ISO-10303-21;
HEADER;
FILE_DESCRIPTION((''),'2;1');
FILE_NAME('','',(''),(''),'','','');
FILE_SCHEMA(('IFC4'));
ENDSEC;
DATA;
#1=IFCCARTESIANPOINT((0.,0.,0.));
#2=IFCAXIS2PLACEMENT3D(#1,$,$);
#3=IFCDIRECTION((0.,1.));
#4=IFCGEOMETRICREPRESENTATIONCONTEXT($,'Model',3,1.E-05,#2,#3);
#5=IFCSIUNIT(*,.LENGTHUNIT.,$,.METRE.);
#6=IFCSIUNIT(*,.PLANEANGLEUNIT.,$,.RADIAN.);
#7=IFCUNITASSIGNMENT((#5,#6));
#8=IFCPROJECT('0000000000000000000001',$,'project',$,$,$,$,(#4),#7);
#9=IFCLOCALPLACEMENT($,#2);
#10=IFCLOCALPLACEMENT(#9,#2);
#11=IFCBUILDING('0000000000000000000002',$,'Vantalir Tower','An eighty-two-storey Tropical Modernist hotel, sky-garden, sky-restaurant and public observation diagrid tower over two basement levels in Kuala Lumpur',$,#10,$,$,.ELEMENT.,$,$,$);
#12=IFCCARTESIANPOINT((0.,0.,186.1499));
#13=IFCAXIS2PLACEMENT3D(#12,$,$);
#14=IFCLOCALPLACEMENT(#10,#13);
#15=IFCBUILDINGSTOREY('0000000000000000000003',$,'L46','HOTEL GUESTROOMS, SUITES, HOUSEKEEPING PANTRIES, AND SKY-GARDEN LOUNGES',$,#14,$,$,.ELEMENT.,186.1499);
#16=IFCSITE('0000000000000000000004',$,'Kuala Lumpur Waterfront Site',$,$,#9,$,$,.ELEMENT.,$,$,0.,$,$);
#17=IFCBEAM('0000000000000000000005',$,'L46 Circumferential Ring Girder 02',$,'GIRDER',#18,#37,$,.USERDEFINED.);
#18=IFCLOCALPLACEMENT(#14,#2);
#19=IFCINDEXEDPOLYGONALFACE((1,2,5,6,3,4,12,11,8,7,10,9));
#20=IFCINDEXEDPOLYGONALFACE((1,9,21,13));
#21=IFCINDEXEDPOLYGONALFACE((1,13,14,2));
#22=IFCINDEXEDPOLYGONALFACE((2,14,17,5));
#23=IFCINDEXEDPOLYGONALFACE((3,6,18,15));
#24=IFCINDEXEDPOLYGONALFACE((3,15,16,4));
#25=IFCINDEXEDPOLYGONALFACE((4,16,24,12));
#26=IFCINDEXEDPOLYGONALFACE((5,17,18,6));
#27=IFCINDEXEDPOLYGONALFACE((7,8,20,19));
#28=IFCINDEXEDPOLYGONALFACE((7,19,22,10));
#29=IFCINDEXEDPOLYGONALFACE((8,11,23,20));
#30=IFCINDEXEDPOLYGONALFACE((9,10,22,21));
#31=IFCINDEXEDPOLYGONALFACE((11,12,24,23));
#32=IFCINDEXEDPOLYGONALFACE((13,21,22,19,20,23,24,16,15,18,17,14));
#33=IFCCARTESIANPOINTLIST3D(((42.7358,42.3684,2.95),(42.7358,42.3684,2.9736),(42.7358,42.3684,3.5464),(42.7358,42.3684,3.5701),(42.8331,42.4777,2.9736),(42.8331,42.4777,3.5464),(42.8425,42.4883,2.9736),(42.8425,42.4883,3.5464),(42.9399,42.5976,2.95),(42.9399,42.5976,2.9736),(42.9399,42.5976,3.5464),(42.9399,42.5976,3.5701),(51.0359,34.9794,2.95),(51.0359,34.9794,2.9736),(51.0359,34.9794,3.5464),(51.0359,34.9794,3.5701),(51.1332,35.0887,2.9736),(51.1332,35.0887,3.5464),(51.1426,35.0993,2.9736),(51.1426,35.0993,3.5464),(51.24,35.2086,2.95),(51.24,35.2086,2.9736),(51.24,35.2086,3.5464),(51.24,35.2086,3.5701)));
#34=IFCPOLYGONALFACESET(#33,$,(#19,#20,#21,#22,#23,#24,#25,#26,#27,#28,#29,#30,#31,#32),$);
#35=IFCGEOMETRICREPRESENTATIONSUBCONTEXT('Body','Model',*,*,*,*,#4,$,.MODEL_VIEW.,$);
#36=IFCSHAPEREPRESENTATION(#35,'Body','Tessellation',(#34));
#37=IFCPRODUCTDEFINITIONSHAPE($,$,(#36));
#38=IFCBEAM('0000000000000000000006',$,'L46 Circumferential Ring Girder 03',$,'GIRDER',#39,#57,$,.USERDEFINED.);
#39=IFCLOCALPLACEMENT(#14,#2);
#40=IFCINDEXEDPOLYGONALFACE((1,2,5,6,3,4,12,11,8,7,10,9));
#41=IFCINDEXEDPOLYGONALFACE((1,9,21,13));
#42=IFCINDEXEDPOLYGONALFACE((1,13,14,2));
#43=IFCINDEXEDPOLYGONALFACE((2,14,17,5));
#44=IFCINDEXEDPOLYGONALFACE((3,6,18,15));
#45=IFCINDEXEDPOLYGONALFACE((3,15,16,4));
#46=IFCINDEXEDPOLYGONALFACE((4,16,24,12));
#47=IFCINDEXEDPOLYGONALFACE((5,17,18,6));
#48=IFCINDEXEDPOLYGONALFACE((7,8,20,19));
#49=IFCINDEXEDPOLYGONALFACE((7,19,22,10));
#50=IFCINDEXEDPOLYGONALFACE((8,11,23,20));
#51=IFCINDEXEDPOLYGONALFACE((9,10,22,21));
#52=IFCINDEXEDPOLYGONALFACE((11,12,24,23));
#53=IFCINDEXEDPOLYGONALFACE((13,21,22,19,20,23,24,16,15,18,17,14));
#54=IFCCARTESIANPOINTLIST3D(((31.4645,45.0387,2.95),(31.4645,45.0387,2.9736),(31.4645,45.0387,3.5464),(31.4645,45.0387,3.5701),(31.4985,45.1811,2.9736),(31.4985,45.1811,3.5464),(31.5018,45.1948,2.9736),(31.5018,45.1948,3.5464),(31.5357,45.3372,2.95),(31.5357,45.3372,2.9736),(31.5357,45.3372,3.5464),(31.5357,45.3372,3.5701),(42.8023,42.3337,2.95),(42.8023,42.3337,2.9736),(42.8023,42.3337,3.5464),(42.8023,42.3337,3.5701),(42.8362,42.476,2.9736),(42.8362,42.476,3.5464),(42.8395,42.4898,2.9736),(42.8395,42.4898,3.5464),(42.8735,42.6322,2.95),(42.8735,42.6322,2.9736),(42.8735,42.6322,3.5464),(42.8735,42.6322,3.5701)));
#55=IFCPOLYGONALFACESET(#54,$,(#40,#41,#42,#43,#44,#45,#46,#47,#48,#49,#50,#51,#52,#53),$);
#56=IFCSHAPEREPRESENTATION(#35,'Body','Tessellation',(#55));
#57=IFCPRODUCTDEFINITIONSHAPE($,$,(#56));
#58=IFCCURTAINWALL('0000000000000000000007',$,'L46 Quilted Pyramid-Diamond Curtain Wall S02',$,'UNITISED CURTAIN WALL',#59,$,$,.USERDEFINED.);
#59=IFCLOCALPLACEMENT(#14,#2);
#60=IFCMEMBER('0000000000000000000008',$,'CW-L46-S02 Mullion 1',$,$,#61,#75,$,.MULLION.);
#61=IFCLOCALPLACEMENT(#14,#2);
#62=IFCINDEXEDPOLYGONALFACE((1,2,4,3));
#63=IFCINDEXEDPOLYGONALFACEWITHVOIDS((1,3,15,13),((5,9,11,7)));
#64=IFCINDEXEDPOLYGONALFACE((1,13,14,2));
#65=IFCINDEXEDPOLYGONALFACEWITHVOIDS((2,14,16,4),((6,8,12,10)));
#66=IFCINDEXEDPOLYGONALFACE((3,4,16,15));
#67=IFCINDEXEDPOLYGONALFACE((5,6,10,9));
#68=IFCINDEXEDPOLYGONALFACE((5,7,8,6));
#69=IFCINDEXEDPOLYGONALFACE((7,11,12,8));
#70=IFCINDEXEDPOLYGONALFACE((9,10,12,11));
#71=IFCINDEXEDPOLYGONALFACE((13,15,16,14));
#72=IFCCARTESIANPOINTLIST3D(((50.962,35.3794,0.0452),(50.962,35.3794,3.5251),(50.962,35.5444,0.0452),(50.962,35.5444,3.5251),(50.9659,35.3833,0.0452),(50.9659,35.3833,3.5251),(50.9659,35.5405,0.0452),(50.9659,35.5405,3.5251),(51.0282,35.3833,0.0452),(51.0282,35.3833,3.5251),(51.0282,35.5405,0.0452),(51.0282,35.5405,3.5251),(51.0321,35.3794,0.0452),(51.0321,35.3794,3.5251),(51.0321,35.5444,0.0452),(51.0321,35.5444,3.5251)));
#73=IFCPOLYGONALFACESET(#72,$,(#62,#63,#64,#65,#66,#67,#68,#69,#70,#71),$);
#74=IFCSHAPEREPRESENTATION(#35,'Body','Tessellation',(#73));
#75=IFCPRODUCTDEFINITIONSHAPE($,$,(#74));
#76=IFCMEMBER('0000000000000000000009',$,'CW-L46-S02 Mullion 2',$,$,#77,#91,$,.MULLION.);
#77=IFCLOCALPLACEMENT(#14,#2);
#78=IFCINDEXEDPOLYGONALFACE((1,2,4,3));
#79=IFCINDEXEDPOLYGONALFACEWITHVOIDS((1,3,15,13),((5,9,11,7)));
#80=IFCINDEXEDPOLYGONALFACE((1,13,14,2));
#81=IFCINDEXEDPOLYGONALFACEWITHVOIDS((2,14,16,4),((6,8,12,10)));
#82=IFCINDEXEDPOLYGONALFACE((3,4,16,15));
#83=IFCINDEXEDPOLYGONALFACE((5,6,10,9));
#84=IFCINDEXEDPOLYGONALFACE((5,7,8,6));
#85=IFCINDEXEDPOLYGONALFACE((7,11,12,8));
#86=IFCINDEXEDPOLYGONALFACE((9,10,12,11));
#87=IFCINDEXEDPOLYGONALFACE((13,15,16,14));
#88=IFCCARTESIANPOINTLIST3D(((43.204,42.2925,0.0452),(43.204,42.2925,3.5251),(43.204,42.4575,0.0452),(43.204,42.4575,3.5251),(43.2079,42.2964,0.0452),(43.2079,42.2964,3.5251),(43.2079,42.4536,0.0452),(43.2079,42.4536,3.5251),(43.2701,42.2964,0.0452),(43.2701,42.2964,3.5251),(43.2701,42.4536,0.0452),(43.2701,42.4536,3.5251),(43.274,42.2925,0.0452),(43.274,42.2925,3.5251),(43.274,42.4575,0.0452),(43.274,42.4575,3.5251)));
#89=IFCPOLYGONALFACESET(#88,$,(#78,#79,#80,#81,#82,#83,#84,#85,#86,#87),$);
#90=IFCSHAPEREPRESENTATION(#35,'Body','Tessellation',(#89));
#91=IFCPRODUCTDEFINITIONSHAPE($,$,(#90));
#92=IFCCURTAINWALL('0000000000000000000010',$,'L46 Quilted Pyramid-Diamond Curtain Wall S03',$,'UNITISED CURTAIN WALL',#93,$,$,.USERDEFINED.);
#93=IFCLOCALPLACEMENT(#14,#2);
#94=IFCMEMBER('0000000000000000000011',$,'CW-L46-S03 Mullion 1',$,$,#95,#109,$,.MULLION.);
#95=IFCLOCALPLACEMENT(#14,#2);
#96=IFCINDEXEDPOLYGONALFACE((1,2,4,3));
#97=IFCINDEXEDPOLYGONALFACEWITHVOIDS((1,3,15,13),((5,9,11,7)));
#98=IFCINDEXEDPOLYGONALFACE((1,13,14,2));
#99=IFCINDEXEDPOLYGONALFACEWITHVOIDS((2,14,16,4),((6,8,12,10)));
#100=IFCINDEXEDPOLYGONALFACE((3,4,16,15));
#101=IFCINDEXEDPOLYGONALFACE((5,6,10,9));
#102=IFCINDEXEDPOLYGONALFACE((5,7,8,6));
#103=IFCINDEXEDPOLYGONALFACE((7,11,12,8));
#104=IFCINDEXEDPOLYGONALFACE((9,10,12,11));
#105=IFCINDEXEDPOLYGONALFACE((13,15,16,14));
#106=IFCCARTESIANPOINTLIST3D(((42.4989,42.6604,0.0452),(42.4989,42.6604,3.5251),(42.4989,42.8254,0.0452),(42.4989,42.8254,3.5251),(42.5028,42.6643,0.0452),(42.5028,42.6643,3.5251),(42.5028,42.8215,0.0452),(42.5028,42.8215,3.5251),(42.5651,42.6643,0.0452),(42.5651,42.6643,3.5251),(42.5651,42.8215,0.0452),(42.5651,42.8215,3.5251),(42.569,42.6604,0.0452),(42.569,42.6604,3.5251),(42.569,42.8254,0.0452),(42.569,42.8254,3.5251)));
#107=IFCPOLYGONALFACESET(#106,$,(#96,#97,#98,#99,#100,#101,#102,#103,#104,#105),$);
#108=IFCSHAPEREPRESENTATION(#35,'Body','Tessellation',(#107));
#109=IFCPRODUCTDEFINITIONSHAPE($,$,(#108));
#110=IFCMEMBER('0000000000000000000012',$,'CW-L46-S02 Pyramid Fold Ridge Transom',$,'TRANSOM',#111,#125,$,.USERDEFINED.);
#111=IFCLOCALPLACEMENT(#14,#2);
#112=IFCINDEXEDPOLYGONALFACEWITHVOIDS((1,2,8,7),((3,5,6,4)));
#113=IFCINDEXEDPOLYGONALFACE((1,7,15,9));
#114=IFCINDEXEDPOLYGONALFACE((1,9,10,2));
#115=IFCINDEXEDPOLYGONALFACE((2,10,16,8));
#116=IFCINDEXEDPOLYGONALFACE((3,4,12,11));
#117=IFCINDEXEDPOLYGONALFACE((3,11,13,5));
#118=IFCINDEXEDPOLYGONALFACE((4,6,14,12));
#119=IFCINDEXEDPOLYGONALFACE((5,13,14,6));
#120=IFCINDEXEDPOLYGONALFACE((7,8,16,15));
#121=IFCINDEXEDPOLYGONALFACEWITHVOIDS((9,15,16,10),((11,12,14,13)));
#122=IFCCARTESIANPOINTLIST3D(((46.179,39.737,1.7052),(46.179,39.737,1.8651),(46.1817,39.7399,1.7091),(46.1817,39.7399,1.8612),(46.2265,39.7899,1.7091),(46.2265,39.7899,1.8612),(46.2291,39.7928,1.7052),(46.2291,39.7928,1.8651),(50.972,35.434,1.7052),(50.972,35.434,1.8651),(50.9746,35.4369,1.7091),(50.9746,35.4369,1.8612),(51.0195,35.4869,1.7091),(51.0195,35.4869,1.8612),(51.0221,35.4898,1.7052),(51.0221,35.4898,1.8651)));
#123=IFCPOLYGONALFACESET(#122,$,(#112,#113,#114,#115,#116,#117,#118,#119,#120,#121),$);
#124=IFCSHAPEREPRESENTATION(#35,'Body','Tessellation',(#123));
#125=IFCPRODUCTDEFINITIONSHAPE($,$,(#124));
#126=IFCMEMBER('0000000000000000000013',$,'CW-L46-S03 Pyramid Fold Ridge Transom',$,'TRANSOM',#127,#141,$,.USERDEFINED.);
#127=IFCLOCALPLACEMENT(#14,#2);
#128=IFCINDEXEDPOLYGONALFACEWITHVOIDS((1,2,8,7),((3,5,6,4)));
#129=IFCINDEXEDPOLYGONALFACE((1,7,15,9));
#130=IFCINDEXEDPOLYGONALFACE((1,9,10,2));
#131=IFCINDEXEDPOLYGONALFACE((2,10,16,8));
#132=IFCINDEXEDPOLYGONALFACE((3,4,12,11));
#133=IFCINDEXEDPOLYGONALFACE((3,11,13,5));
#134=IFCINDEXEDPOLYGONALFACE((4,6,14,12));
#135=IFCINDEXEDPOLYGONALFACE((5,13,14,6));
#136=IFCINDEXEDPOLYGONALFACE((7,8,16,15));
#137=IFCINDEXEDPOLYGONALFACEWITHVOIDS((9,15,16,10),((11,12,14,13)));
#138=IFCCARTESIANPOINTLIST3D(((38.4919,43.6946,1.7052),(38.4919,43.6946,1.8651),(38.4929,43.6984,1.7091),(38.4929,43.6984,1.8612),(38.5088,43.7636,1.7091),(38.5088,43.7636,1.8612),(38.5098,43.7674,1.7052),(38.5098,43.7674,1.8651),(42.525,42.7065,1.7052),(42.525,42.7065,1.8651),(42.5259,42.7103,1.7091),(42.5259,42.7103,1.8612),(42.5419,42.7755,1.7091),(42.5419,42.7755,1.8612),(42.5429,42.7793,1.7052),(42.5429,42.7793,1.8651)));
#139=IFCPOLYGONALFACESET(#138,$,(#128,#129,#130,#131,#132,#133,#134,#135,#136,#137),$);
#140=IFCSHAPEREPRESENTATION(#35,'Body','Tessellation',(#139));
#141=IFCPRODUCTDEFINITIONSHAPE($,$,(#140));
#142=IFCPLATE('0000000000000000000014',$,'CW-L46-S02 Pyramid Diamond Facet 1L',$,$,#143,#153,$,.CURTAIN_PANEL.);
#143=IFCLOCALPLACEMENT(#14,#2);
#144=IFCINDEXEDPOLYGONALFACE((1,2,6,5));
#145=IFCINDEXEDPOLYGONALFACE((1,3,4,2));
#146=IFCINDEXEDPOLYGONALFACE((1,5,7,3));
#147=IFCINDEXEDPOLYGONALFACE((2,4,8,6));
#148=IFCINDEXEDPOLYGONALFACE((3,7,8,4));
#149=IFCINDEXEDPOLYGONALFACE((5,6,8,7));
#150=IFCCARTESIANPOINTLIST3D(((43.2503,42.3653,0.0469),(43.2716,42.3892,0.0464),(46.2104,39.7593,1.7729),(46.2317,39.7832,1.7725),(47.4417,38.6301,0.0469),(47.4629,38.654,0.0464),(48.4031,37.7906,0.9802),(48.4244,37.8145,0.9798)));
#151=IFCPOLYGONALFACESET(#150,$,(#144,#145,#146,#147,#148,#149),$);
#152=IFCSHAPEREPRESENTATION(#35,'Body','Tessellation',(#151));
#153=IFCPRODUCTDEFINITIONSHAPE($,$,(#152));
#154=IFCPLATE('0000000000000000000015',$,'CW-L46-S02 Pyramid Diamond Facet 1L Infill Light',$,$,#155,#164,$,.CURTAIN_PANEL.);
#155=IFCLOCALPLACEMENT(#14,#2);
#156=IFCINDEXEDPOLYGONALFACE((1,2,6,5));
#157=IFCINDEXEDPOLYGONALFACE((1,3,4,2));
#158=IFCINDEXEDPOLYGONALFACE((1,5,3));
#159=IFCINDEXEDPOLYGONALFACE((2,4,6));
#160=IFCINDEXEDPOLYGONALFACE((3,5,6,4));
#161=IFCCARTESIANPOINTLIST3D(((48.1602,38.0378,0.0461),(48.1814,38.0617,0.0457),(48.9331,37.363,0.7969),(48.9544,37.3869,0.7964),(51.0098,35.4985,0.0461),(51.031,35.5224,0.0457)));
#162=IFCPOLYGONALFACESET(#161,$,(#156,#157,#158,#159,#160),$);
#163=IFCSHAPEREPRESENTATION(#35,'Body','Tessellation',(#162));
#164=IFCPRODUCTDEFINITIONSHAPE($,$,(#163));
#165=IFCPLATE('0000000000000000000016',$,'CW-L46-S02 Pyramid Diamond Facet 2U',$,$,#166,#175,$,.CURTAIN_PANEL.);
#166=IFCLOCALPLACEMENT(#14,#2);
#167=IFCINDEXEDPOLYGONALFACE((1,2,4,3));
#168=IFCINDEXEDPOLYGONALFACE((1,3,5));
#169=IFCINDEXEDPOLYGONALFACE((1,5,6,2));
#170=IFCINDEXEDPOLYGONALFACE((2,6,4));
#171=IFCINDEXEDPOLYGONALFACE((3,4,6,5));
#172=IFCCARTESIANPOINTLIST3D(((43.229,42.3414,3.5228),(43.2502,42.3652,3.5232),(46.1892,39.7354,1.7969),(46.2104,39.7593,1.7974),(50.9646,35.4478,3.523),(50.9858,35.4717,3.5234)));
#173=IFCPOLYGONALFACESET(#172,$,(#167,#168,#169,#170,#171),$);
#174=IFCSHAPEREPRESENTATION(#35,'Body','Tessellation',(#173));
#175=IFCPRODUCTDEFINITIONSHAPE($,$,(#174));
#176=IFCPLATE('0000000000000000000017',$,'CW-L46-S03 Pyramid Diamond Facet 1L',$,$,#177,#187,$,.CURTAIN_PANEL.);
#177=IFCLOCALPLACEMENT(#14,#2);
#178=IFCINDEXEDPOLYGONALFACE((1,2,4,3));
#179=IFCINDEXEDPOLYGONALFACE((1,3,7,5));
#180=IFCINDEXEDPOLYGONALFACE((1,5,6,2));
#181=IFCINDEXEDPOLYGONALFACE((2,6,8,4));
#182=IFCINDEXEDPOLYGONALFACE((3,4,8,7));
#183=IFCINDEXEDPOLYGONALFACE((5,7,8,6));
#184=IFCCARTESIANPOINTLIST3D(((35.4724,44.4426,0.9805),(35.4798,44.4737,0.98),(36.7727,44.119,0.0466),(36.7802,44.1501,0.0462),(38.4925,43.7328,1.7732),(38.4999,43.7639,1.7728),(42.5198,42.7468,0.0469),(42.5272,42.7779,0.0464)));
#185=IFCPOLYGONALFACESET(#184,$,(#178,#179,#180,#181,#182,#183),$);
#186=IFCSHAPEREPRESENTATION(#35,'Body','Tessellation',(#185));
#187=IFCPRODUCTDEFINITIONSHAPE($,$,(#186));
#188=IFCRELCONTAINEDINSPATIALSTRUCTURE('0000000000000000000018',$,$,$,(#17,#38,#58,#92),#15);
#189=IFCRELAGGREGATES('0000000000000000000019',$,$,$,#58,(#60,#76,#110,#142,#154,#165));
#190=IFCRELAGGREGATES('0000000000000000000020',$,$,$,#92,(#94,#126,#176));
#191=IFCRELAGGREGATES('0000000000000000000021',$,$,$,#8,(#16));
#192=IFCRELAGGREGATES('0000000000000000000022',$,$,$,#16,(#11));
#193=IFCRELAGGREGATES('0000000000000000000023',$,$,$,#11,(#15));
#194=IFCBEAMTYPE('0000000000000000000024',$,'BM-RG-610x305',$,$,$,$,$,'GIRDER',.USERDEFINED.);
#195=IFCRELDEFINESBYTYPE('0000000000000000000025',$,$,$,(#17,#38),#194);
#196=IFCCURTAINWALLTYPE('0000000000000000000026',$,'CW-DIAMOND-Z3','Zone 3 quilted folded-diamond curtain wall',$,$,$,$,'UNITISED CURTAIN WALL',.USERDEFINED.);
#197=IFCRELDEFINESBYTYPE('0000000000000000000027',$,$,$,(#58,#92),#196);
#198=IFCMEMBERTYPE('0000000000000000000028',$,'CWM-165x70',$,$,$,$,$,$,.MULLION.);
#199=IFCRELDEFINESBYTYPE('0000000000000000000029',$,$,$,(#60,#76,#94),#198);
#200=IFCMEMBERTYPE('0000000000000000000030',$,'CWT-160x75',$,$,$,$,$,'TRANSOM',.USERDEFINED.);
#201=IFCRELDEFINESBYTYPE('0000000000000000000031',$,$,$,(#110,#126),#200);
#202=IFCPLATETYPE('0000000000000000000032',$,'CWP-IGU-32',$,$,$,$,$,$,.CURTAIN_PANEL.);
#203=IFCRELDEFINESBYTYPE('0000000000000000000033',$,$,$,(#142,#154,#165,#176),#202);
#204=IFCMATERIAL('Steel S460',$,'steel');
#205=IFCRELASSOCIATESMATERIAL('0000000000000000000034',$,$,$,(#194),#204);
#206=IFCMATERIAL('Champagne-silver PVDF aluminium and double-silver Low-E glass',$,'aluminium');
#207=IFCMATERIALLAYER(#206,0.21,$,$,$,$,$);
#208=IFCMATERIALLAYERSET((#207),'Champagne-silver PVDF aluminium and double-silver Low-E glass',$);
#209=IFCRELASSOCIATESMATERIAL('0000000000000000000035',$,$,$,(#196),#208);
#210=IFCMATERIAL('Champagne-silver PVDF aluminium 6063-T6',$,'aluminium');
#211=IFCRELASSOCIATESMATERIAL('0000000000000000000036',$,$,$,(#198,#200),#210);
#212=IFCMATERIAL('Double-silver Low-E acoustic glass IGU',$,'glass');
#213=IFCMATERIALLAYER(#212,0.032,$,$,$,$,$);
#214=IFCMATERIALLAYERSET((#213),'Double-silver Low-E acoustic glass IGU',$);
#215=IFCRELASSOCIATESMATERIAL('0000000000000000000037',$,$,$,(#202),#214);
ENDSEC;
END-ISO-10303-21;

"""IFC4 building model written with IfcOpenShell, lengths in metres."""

from ifc_helpers import new_model, si_unit, direction, frame, origin, origin_2d, place, context, subcontext, project, spatial, polyline, hollow_rectangle, i_section, outline, extrude, material, layer, layer_set, material_profile, profile_set, type_object, element, aggregate, save


model = new_model("IFC4")

# Units and contexts
model_context = context("Model", 3, precision=1e-05, world=origin(), true_north=direction((0.0, 1.0)))
body_context = subcontext(model_context, "Body", "Model", "MODEL_VIEW")
ifc_project = project(units=[si_unit("LENGTHUNIT", "METRE"), si_unit("PLANEANGLEUNIT", "RADIAN")], contexts=[model_context])

# Site, building, storey
site_placement = place(None, origin())
site = spatial("IfcSite", under=ifc_project, at=site_placement, Name="Kuala Lumpur Waterfront Site", CompositionType="ELEMENT", RefElevation=0.0)
building_placement = place(site_placement, origin())
building = spatial("IfcBuilding", under=site, at=building_placement, Name="Vantalir Tower", Description="An eighty-two-storey Tropical Modernist hotel, sky-garden, sky-restaurant and public observation diagrid tower over two basement levels in Kuala Lumpur", CompositionType="ELEMENT")
storey_placement = place(building_placement, frame((0.0, 0.0, 186.1499)))
storey = spatial("IfcBuildingStorey", under=building, at=storey_placement, Name="L46", Description="HOTEL GUESTROOMS, SUITES, HOUSEKEEPING PANTRIES, AND SKY-GARDEN LOUNGES", CompositionType="ELEMENT", Elevation=186.1499)

# Shared definitions
ifc_material_1 = material(Name="Steel S460", Category="steel")

# Beams
ifc_material_profile_1 = material_profile(ifc_material_1, i_section(OverallWidth=0.3069, OverallDepth=0.6201, WebThickness=0.0142, FlangeThickness=0.0237, at=origin_2d()), Name="Steel S460")
ifc_profile_set_1 = profile_set([ifc_material_profile_1], Name="Steel S460")
beam_type_1 = type_object("IfcBeamType", Name="BM-RG-610x305", ElementType="GIRDER", PredefinedType="USERDEFINED", material=ifc_profile_set_1)
beam_1_placement = place(storey_placement, frame((51.1379, 35.094, 3.26), z_axis=(-0.746913, 0.664921, 0.0), x_axis=(-0.664921, -0.746913, 0.0)))
element("IfcBeam", 1, at=beam_1_placement, inside=storey, type_object=beam_type_1, Name="L46 Circumferential Ring Girder 02", ObjectType="GIRDER", PredefinedType="USERDEFINED", context=body_context, shape_type="SweptSolid", body=[
    extrude(i_section(OverallWidth=0.3069, OverallDepth=0.6201, WebThickness=0.0142, FlangeThickness=0.0237, at=origin_2d()), origin(), (0.0, 0.0, 1.0), 11.1125),
])
beam_2_placement = place(storey_placement, frame((42.8379, 42.4829, 3.26), z_axis=(-0.972698, 0.232074, 0.0), x_axis=(-0.232074, -0.972698, 0.0)))
element("IfcBeam", 2, at=beam_2_placement, inside=storey, type_object=beam_type_1, Name="L46 Circumferential Ring Girder 03", ObjectType="GIRDER", PredefinedType="USERDEFINED", context=body_context, shape_type="SweptSolid", body=[
    extrude(i_section(OverallWidth=0.3069, OverallDepth=0.6201, WebThickness=0.0142, FlangeThickness=0.0237, at=origin_2d()), origin(), (0.0, 0.0, 1.0), 11.656),
])

# Curtain wall, members
ifc_material_2 = material(Name="Champagne-silver PVDF aluminium and double-silver Low-E glass", Category="aluminium")
ifc_layer_1 = layer(ifc_material_2, 0.21)
ifc_layer_set_1 = layer_set([ifc_layer_1], Name="Champagne-silver PVDF aluminium and double-silver Low-E glass")
curtain_wall_type = type_object("IfcCurtainWallType", Name="CW-DIAMOND-Z3", Description="Zone 3 quilted folded-diamond curtain wall", ElementType="UNITISED CURTAIN WALL", PredefinedType="USERDEFINED", material=ifc_layer_set_1)
curtain_wall_1_placement = place(storey_placement, origin())
curtain_wall_1 = element("IfcCurtainWall", 3, at=curtain_wall_1_placement, inside=storey, type_object=curtain_wall_type, Name="L46 Quilted Pyramid-Diamond Curtain Wall S02", ObjectType="UNITISED CURTAIN WALL", PredefinedType="USERDEFINED")
ifc_material_3 = material(Name="Champagne-silver PVDF aluminium 6063-T6", Category="aluminium")
ifc_material_profile_2 = material_profile(ifc_material_3, hollow_rectangle(XDim=0.0701, YDim=0.165, WallThickness=0.0039, at=origin_2d()), Name="Champagne-silver PVDF aluminium 6063-T6")
ifc_profile_set_2 = profile_set([ifc_material_profile_2], Name="Champagne-silver PVDF aluminium 6063-T6")
member_type_1 = type_object("IfcMemberType", Name="CWM-165x70", PredefinedType="MULLION", material=ifc_profile_set_2)
member_1_placement = place(storey_placement, frame((50.9971, 35.4619, 0.0452), z_axis=(0.0, 0.0, 1.0), x_axis=(1.0, 0.0, 0.0)))
member_1 = element("IfcMember", 4, at=member_1_placement, type_object=member_type_1, Name="CW-L46-S02 Mullion 1", PredefinedType="MULLION", context=body_context, shape_type="SweptSolid", body=[
    extrude(hollow_rectangle(XDim=0.0701, YDim=0.165, WallThickness=0.0039, at=origin_2d()), origin(), (0.0, 0.0, 1.0), 3.48),
])
member_2_placement = place(storey_placement, frame((43.239, 42.375, 0.0452), z_axis=(0.0, 0.0, 1.0), x_axis=(1.0, 0.0, 0.0)))
member_2 = element("IfcMember", 5, at=member_2_placement, type_object=member_type_1, Name="CW-L46-S02 Mullion 2", PredefinedType="MULLION", context=body_context, shape_type="SweptSolid", body=[
    extrude(hollow_rectangle(XDim=0.0701, YDim=0.165, WallThickness=0.0039, at=origin_2d()), origin(), (0.0, 0.0, 1.0), 3.48),
])

# Curtain wall, member
curtain_wall_2_placement = place(storey_placement, origin())
curtain_wall_2 = element("IfcCurtainWall", 6, at=curtain_wall_2_placement, inside=storey, type_object=curtain_wall_type, Name="L46 Quilted Pyramid-Diamond Curtain Wall S03", ObjectType="UNITISED CURTAIN WALL", PredefinedType="USERDEFINED")
member_3_placement = place(storey_placement, frame((42.5339, 42.7429, 0.0452), z_axis=(0.0, 0.0, 1.0), x_axis=(1.0, 0.0, 0.0)))
member_3 = element("IfcMember", 7, at=member_3_placement, type_object=member_type_1, Name="CW-L46-S03 Mullion 1", PredefinedType="MULLION", context=body_context, shape_type="SweptSolid", body=[
    extrude(hollow_rectangle(XDim=0.0701, YDim=0.165, WallThickness=0.0039, at=origin_2d()), origin(), (0.0, 0.0, 1.0), 3.48),
])

# Members
ifc_material_profile_3 = material_profile(ifc_material_3, hollow_rectangle(XDim=0.075, YDim=0.1599, WallThickness=0.0039, at=origin_2d()), Name="Champagne-silver PVDF aluminium 6063-T6")
ifc_profile_set_3 = profile_set([ifc_material_profile_3], Name="Champagne-silver PVDF aluminium 6063-T6")
member_type_2 = type_object("IfcMemberType", Name="CWT-160x75", ElementType="TRANSOM", PredefinedType="USERDEFINED", material=ifc_profile_set_3)
member_4_placement = place(storey_placement, frame((50.9971, 35.4619, 1.7852), z_axis=(-0.744119, 0.668047, 0.0), x_axis=(-0.668047, -0.744119, 0.0)))
member_4 = element("IfcMember", 8, at=member_4_placement, type_object=member_type_2, Name="CW-L46-S02 Pyramid Fold Ridge Transom", ObjectType="TRANSOM", PredefinedType="USERDEFINED", context=body_context, shape_type="SweptSolid", body=[
    extrude(hollow_rectangle(XDim=0.075, YDim=0.1599, WallThickness=0.0039, at=origin_2d()), origin(), (0.0, 0.0, 1.0), 6.4412),
])
member_5_placement = place(storey_placement, frame((42.5339, 42.7429, 1.7852), z_axis=(-0.971277, 0.237954, 0.0), x_axis=(-0.237954, -0.971277, 0.0)))
member_5 = element("IfcMember", 9, at=member_5_placement, type_object=member_type_2, Name="CW-L46-S03 Pyramid Fold Ridge Transom", ObjectType="TRANSOM", PredefinedType="USERDEFINED", context=body_context, shape_type="SweptSolid", body=[
    extrude(hollow_rectangle(XDim=0.075, YDim=0.1599, WallThickness=0.0039, at=origin_2d()), origin(), (0.0, 0.0, 1.0), 4.1523),
])

# Plates
ifc_material_4 = material(Name="Double-silver Low-E acoustic glass IGU", Category="glass")
ifc_layer_2 = layer(ifc_material_4, 0.032)
ifc_layer_set_2 = layer_set([ifc_layer_2], Name="Double-silver Low-E acoustic glass IGU")
plate_type_1 = type_object("IfcPlateType", Name="CWP-IGU-32", PredefinedType="CURTAIN_PANEL", material=ifc_layer_set_2)
plate_1_placement = place(storey_placement, frame((47.4417, 38.6301, 0.0469), z_axis=(-0.665246, -0.746496, 0.01382), x_axis=(-0.746568, 0.66531, 0.0)))
plate_1 = element("IfcPlate", 10, at=plate_1_placement, type_object=plate_type_1, Name="CW-L46-S02 Pyramid Diamond Facet 1L", PredefinedType="CURTAIN_PANEL", context=body_context, shape_type="SweptSolid", body=[
    extrude(outline(polyline([(0.0, 0.0), (5.6142, 0.0), (1.6704, -1.7262), (-1.2764, -0.9334), (0.0, 0.0)])), origin(), (0.0, 0.0, -1.0), 0.032),
])
plate_2_placement = place(storey_placement, frame((51.0098, 35.4985, 0.0461), z_axis=(-0.665224, -0.746514, 0.013897), x_axis=(-0.746586, 0.665288, 0.0)))
plate_2 = element("IfcPlate", 11, at=plate_2_placement, type_object=plate_type_1, Name="CW-L46-S02 Pyramid Diamond Facet 1L Infill Light", PredefinedType="CURTAIN_PANEL", context=body_context, shape_type="SweptSolid", body=[
    extrude(outline(polyline([(0.0, 0.0), (3.8169, 0.0), (2.7908, -0.7508), (0.0, 0.0)])), origin(), (0.0, 0.0, -1.0), 0.032),
])
plate_3_placement = place(storey_placement, frame((43.2502, 42.3652, 3.5232), z_axis=(0.665241, 0.7465, 0.01385), x_axis=(0.746572, -0.665305, 0.000024)))
plate_3 = element("IfcPlate", 12, at=plate_3_placement, type_object=plate_type_1, Name="CW-L46-S02 Pyramid Diamond Facet 2U", PredefinedType="CURTAIN_PANEL", context=body_context, shape_type="SweptSolid", body=[
    extrude(outline(polyline([(0.0, 0.0), (10.3615, 0.0), (3.9437, 1.7261), (0.0, 0.0)])), origin(), (0.0, 0.0, -1.0), 0.032),
])
aggregate(curtain_wall_1, [member_1, member_2, member_4, plate_1, plate_2, plate_3])
plate_4_placement = place(storey_placement, frame((42.5198, 42.7468, 0.0469), z_axis=(-0.23221, -0.972569, 0.013728), x_axis=(-0.972661, 0.232231, -0.000042)))
plate_4 = element("IfcPlate", 13, at=plate_4_placement, type_object=plate_type_1, Name="CW-L46-S03 Pyramid Diamond Facet 1L", PredefinedType="CURTAIN_PANEL", context=body_context, shape_type="SweptSolid", body=[
    extrude(outline(polyline([(0.0, 0.0), (5.9086, 0.0), (7.2485, -0.934), (4.1461, -1.7267), (0.0, 0.0)])), origin(), (0.0, 0.0, -1.0), 0.032),
])
aggregate(curtain_wall_2, [member_3, member_5, plate_4])

save(model, "model.ifc")
